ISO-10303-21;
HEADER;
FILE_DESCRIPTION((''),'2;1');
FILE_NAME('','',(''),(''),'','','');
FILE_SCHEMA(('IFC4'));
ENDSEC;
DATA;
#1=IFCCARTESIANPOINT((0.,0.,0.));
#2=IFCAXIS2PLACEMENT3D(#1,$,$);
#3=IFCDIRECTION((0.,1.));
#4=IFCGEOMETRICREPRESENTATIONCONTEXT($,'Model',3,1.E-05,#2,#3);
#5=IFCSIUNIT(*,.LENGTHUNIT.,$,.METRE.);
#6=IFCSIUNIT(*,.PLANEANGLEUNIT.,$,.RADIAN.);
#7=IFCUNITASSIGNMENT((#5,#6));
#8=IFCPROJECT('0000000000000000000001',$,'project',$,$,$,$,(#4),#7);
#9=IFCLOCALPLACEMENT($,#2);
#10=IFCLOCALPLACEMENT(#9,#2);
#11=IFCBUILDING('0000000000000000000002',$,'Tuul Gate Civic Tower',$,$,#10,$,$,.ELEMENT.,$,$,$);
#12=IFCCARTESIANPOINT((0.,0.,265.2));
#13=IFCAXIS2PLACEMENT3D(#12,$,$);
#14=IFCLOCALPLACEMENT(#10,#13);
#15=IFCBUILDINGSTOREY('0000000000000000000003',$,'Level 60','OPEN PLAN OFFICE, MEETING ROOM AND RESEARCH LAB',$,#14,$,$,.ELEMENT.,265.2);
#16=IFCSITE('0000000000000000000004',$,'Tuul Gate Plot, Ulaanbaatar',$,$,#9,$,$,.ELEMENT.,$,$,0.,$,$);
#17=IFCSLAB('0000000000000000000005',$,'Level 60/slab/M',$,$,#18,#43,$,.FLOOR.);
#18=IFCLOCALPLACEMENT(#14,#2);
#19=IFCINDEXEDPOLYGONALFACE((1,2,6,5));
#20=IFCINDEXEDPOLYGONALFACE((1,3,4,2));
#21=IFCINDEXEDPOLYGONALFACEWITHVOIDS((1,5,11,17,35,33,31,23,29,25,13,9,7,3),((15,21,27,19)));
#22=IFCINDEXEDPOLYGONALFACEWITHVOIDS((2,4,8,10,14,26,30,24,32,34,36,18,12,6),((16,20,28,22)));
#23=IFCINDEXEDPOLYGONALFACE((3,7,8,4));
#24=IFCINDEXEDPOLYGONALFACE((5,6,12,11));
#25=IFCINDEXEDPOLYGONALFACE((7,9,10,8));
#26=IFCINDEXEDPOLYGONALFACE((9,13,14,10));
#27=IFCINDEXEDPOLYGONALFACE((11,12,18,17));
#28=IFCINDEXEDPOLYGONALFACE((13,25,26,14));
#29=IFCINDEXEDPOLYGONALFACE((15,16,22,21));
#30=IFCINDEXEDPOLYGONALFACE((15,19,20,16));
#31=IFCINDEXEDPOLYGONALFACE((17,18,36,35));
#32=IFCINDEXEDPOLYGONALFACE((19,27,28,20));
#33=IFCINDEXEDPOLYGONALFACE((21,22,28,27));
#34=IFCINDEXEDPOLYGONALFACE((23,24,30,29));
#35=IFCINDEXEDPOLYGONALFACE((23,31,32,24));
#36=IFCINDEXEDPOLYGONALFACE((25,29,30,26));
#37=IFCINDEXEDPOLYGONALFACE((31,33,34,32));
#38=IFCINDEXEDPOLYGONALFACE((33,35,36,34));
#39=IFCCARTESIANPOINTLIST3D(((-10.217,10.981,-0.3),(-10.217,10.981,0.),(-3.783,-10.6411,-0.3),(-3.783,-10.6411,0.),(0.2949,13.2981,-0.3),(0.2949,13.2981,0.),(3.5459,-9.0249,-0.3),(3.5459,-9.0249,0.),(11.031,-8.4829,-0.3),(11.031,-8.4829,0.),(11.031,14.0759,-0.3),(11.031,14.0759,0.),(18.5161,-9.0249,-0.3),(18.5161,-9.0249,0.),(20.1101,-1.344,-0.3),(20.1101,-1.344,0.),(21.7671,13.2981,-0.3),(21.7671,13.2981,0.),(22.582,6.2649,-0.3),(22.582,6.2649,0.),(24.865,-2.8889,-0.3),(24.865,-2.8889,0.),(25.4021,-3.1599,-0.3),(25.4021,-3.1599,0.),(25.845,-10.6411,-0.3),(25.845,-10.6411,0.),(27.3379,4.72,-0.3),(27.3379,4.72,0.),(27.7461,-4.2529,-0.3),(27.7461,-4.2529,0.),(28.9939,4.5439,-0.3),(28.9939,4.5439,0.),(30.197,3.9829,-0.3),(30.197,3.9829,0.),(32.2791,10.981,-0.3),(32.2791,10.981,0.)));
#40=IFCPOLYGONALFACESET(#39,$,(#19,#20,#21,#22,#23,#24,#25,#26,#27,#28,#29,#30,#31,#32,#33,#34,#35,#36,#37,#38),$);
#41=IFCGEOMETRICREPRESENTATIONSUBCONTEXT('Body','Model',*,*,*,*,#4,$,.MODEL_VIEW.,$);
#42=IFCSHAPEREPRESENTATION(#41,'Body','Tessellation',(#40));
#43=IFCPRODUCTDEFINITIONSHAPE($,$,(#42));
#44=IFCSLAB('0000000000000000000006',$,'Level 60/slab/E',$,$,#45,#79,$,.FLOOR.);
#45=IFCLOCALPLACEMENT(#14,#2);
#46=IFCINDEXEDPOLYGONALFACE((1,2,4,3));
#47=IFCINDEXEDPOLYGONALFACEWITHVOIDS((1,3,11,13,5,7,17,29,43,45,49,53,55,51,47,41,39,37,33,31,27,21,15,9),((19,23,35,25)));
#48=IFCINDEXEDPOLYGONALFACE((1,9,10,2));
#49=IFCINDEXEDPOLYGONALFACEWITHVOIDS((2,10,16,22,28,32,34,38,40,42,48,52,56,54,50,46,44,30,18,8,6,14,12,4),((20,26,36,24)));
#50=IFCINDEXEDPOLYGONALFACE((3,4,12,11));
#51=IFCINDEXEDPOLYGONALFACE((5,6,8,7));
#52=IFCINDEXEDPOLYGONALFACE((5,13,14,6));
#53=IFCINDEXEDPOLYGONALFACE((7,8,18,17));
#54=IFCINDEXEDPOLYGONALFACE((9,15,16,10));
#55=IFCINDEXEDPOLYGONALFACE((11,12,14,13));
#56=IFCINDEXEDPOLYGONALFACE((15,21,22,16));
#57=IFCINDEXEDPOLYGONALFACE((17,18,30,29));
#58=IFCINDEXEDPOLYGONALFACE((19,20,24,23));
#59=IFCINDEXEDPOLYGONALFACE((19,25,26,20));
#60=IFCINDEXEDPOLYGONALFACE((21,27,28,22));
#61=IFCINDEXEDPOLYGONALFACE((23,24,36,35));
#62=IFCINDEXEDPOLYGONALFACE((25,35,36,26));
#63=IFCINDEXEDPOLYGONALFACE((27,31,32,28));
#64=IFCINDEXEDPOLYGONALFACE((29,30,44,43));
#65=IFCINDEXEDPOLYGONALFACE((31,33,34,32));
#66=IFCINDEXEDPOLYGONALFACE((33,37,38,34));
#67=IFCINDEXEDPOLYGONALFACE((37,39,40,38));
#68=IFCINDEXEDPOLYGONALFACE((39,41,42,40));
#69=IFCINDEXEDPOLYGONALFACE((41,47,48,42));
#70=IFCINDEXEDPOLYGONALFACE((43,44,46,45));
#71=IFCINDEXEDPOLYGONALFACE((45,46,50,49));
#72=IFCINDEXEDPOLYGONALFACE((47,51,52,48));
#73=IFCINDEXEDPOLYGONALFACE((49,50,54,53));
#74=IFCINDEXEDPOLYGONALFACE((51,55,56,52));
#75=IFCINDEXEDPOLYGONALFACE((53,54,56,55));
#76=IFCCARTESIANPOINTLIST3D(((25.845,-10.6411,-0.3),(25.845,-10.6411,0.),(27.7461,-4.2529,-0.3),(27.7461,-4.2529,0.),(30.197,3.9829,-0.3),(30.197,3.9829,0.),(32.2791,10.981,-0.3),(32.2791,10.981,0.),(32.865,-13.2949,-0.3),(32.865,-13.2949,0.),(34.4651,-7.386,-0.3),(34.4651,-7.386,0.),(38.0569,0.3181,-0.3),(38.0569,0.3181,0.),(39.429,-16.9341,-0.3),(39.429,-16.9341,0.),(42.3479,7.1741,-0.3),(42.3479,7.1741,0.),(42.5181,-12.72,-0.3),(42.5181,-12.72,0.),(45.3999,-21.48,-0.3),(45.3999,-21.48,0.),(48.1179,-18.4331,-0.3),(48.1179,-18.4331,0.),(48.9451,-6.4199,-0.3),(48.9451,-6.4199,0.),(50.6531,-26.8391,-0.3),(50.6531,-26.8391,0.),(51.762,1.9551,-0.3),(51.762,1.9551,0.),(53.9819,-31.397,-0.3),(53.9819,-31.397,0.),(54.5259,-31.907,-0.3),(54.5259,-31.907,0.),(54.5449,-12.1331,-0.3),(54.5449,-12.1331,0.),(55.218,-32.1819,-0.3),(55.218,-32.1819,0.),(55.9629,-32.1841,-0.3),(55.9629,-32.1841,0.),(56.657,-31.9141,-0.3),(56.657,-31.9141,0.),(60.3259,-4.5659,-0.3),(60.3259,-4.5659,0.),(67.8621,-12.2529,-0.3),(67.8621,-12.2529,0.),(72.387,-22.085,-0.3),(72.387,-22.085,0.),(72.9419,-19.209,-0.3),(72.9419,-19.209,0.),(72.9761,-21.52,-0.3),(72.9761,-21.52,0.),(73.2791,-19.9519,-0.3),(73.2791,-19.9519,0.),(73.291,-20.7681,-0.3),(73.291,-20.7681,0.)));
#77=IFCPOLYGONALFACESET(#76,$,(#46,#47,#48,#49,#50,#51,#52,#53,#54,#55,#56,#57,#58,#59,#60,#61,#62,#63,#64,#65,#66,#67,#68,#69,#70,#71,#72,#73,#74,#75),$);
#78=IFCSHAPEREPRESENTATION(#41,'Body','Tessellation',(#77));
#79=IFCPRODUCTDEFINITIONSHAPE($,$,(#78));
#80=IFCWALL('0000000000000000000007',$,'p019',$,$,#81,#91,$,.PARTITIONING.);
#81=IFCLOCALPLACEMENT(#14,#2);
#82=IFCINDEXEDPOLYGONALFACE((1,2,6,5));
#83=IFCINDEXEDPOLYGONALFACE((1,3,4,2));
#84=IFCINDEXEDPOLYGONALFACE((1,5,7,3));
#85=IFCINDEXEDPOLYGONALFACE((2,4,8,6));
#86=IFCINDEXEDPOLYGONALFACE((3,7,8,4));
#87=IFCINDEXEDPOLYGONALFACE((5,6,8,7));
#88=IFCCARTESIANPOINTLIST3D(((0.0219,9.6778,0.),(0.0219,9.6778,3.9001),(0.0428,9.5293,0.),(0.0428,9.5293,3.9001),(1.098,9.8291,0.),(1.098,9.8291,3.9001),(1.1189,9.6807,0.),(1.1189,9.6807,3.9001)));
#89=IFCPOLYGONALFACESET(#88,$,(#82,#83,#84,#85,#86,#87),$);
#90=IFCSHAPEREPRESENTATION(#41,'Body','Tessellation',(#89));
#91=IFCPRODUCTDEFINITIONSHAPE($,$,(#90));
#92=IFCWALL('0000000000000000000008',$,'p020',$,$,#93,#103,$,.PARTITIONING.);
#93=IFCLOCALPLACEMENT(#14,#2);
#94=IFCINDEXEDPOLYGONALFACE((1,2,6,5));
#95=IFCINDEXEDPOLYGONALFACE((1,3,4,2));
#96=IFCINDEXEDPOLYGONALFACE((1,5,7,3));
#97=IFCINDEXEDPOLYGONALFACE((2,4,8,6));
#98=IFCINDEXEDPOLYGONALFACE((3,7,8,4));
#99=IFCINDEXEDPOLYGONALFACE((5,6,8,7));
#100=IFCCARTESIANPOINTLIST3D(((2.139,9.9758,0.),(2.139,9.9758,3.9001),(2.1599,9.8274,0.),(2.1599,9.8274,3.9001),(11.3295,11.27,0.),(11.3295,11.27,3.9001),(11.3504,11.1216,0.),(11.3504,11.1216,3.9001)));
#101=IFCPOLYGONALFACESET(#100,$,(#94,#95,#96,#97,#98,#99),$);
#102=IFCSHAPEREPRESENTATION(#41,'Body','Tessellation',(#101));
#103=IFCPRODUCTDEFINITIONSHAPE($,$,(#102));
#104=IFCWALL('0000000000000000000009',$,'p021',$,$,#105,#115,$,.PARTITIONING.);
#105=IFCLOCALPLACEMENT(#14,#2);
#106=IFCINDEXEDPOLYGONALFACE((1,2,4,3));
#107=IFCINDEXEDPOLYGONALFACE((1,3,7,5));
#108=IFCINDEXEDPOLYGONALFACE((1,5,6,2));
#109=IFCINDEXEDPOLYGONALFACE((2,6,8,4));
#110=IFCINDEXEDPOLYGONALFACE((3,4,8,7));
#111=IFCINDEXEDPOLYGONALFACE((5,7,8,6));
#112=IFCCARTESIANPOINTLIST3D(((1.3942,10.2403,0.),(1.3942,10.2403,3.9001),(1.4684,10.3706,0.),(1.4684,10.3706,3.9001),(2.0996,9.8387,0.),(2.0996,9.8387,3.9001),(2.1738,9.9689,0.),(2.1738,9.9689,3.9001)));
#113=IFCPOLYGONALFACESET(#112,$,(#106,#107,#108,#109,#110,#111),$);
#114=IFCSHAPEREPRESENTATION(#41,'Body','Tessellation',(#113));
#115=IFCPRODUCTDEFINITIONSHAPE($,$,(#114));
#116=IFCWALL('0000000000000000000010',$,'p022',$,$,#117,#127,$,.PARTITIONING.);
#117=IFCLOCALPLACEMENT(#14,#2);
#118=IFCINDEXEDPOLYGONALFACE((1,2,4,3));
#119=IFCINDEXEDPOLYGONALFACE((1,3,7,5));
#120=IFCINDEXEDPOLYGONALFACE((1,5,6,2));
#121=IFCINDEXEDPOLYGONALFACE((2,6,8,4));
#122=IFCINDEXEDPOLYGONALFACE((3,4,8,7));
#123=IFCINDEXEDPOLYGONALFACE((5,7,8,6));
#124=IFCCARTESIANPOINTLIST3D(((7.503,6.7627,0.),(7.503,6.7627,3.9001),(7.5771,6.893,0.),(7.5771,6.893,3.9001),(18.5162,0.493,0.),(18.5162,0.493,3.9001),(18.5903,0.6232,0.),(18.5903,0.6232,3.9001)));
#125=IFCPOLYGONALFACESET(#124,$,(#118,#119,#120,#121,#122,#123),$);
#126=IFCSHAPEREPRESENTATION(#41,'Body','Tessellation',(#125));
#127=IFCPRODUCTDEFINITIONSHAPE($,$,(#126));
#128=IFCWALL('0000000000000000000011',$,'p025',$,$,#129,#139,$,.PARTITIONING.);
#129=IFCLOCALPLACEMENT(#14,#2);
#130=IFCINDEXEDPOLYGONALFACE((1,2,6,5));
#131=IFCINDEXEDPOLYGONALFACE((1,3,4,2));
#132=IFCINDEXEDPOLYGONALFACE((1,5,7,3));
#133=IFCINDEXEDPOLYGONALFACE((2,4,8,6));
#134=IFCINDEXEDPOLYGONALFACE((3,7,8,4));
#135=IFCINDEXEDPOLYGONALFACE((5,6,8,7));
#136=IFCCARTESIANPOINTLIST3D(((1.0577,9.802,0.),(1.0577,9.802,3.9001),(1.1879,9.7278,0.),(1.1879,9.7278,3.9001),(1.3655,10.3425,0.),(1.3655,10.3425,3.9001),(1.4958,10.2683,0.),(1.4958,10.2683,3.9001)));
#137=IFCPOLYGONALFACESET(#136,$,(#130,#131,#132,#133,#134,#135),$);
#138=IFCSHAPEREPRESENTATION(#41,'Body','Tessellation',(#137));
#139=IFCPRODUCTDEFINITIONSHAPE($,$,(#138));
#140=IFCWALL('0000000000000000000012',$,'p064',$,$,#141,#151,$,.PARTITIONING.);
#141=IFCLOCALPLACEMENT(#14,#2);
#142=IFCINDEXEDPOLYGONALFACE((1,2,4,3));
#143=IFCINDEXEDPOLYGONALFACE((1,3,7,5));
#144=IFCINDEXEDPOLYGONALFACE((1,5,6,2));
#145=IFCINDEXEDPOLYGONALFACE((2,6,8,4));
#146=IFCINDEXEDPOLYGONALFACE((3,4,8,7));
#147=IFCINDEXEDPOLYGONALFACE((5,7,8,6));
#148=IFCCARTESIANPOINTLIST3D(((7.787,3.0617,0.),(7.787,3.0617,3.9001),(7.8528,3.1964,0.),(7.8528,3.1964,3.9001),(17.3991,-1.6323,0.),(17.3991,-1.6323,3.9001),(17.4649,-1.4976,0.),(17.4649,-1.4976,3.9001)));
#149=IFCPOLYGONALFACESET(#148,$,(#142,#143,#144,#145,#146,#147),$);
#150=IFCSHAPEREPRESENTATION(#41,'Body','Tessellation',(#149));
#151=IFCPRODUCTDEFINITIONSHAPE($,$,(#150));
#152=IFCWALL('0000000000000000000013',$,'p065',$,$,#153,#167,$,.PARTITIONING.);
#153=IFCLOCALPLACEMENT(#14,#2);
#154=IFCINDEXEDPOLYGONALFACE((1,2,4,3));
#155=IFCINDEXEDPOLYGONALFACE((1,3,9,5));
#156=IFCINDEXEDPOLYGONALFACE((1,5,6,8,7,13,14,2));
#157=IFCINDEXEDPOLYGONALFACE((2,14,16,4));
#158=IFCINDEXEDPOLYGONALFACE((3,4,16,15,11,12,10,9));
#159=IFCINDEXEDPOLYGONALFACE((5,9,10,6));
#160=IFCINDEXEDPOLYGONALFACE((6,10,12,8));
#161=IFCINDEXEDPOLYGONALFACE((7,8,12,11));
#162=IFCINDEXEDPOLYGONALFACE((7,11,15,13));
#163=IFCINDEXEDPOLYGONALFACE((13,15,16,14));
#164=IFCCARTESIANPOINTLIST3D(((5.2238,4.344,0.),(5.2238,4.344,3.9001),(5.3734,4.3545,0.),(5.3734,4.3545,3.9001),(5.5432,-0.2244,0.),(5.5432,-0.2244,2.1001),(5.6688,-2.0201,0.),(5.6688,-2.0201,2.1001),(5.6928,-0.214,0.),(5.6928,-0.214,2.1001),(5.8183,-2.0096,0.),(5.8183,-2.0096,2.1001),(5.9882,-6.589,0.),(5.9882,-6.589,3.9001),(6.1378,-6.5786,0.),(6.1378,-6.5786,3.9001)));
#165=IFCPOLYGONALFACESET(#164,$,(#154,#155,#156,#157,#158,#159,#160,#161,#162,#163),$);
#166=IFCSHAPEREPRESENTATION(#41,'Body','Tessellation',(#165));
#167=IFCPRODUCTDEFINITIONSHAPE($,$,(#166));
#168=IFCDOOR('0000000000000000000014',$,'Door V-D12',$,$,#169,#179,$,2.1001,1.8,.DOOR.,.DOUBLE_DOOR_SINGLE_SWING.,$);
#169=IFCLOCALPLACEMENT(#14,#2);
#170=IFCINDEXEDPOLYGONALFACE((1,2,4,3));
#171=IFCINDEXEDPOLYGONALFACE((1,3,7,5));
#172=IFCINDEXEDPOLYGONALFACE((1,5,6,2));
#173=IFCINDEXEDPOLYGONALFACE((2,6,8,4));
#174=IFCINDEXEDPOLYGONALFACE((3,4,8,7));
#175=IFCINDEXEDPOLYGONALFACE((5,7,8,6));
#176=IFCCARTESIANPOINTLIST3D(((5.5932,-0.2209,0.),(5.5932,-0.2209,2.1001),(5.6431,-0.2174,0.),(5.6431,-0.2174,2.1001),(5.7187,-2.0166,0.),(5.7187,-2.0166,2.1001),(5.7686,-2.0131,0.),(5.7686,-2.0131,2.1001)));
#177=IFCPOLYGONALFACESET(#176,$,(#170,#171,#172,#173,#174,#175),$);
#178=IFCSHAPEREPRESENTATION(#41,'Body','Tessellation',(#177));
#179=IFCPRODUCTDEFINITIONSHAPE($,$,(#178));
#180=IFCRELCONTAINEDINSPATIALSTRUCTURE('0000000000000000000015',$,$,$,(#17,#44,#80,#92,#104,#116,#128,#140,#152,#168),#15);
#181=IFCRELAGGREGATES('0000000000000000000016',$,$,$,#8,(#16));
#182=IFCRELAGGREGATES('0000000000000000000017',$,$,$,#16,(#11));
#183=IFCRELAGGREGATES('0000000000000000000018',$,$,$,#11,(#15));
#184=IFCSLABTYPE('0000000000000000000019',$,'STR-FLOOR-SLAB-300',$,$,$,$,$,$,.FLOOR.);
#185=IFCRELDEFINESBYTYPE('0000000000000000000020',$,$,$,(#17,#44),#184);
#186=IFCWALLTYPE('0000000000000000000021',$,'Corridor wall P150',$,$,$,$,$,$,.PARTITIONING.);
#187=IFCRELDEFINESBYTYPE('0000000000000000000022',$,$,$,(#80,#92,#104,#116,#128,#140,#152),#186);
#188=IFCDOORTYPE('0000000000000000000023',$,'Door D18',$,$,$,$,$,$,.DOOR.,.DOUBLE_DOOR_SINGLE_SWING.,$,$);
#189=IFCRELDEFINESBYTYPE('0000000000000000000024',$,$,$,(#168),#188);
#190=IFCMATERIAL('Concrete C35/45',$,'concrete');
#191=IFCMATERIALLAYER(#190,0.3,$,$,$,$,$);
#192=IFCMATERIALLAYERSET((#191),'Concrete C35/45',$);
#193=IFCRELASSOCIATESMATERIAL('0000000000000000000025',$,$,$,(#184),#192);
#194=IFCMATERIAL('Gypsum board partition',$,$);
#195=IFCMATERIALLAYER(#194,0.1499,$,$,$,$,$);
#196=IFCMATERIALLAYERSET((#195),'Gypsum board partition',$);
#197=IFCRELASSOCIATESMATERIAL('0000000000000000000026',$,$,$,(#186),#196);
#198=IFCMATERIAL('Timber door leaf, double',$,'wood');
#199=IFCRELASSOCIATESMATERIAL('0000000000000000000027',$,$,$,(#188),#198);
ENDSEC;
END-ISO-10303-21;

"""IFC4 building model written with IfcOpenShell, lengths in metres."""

from ifc_helpers import new_model, si_unit, direction, frame, frame_2d, origin, place, context, subcontext, project, spatial, polyline, rectangle, outline, extrude, material, layer, layer_set, type_object, element, fill, save


model = new_model("IFC4")

# Units and contexts
model_context = context("Model", 3, precision=1e-05, world=origin(), true_north=direction((0.0, 1.0)))
body_context = subcontext(model_context, "Body", "Model", "MODEL_VIEW")
ifc_project = project(units=[si_unit("LENGTHUNIT", "METRE"), si_unit("PLANEANGLEUNIT", "RADIAN")], contexts=[model_context])

# Site, building, storey
site_placement = place(None, origin())
site = spatial("IfcSite", under=ifc_project, at=site_placement, Name="Tuul Gate Plot, Ulaanbaatar", CompositionType="ELEMENT", RefElevation=0.0)
building_placement = place(site_placement, origin())
building = spatial("IfcBuilding", under=site, at=building_placement, Name="Tuul Gate Civic Tower", CompositionType="ELEMENT")
storey_placement = place(building_placement, frame((0.0, 0.0, 265.2)))
storey = spatial("IfcBuildingStorey", under=building, at=storey_placement, Name="Level 60", Description="OPEN PLAN OFFICE, MEETING ROOM AND RESEARCH LAB", CompositionType="ELEMENT", Elevation=265.2)

# Slabs
ifc_material_1 = material(Name="Concrete C35/45", Category="concrete")
ifc_layer_1 = layer(ifc_material_1, 0.3)
ifc_layer_set_1 = layer_set([ifc_layer_1], Name="Concrete C35/45")
slab_type_1 = type_object("IfcSlabType", Name="STR-FLOOR-SLAB-300", PredefinedType="FLOOR", material=ifc_layer_set_1)
slab_1_placement = place(storey_placement, frame((0.0, 0.0, -0.3)))
element("IfcSlab", 1, at=slab_1_placement, inside=storey, type_object=slab_type_1, Name="Level 60/slab/M", PredefinedType="FLOOR", context=body_context, shape_type="SweptSolid", body=[
    extrude(outline(polyline([(18.5161, -9.0249), (25.845, -10.6411), (27.7461, -4.2529), (25.4021, -3.1599), (28.9939, 4.5439), (30.197, 3.9829), (32.2791, 10.981), (21.7671, 13.2981), (11.031, 14.0759), (0.2949, 13.2981), (-10.217, 10.981), (-3.783, -10.6411), (3.5459, -9.0249), (11.031, -8.4829), (18.5161, -9.0249)]), holes=[polyline([(20.1101, -1.344), (22.582, 6.2649), (27.3379, 4.72), (24.865, -2.8889), (20.1101, -1.344)])]), origin(), (0.0, 0.0, 1.0), 0.3),
])
slab_2_placement = place(storey_placement, frame((0.0, 0.0, -0.3)))
element("IfcSlab", 2, at=slab_2_placement, inside=storey, type_object=slab_type_1, Name="Level 60/slab/E", PredefinedType="FLOOR", context=body_context, shape_type="SweptSolid", body=[
    extrude(outline(polyline([(55.9629, -32.1841), (56.657, -31.9141), (72.387, -22.085), (72.9761, -21.52), (73.291, -20.7681), (73.2791, -19.9519), (72.9419, -19.209), (67.8621, -12.2529), (60.3259, -4.5659), (51.762, 1.9551), (42.3479, 7.1741), (32.2791, 10.981), (30.197, 3.9829), (38.0569, 0.3181), (34.4651, -7.386), (27.7461, -4.2529), (25.845, -10.6411), (32.865, -13.2949), (39.429, -16.9341), (45.3999, -21.48), (50.6531, -26.8391), (53.9819, -31.397), (54.5259, -31.907), (55.218, -32.1819), (55.9629, -32.1841)]), holes=[polyline([(48.1179, -18.4331), (42.5181, -12.72), (48.9451, -6.4199), (54.5449, -12.1331), (48.1179, -18.4331)])]), origin(), (0.0, 0.0, 1.0), 0.3),
])

# Walls
ifc_material_2 = material(Name="Gypsum board partition")
ifc_layer_2 = layer(ifc_material_2, 0.1499)
ifc_layer_set_2 = layer_set([ifc_layer_2], Name="Gypsum board partition")
wall_type_1 = type_object("IfcWallType", Name="Corridor wall P150", PredefinedType="PARTITIONING", material=ifc_layer_set_2)
wall_1_placement = place(storey_placement, frame((0.0322, 9.6035, 0.0), z_axis=(0.0, 0.0, 1.0), x_axis=(0.990253, 0.139282, 0.0)))
element("IfcWall", 3, at=wall_1_placement, inside=storey, type_object=wall_type_1, Name="p019", PredefinedType="PARTITIONING", context=body_context, shape_type="SweptSolid", body=[
    extrude(rectangle(XDim=1.0867, YDim=0.1499, at=frame_2d((0.5435, 0.0))), origin(), (0.0, 0.0, 1.0), 3.9001),
])
wall_2_placement = place(storey_placement, frame((2.1494, 9.9016, 0.0), z_axis=(0.0, 0.0, 1.0), x_axis=(0.990231, 0.13944, 0.0)))
element("IfcWall", 4, at=wall_2_placement, inside=storey, type_object=wall_type_1, Name="p020", PredefinedType="PARTITIONING", context=body_context, shape_type="SweptSolid", body=[
    extrude(rectangle(XDim=9.2812, YDim=0.1499, at=frame_2d((4.6406, 0.0))), origin(), (0.0, 0.0, 1.0), 3.9001),
])
wall_3_placement = place(storey_placement, frame((1.4314, 10.3054, 0.0), z_axis=(0.0, 0.0, 1.0), x_axis=(0.869001, -0.49481, 0.0)))
element("IfcWall", 5, at=wall_3_placement, inside=storey, type_object=wall_type_1, Name="p021", PredefinedType="PARTITIONING", context=body_context, shape_type="SweptSolid", body=[
    extrude(rectangle(XDim=0.8118, YDim=0.1499, at=frame_2d((0.4058, 0.0))), origin(), (0.0, 0.0, 1.0), 3.9001),
])
wall_4_placement = place(storey_placement, frame((7.54, 6.8279, 0.0), z_axis=(0.0, 0.0, 1.0), x_axis=(0.86904, -0.494742, 0.0)))
element("IfcWall", 6, at=wall_4_placement, inside=storey, type_object=wall_type_1, Name="p022", PredefinedType="PARTITIONING", context=body_context, shape_type="SweptSolid", body=[
    extrude(rectangle(XDim=12.6729, YDim=0.1499, at=frame_2d((6.3364, 0.0))), origin(), (0.0, 0.0, 1.0), 3.9001),
])
wall_5_placement = place(storey_placement, frame((1.1228, 9.7649, 0.0), z_axis=(0.0, 0.0, 1.0), x_axis=(0.494913, 0.868943, 0.0)))
element("IfcWall", 7, at=wall_5_placement, inside=storey, type_object=wall_type_1, Name="p025", PredefinedType="PARTITIONING", context=body_context, shape_type="SweptSolid", body=[
    extrude(rectangle(XDim=0.6221, YDim=0.1499, at=frame_2d((0.311, 0.0))), origin(), (0.0, 0.0, 1.0), 3.9001),
])
wall_6_placement = place(storey_placement, frame((7.8198, 3.1292, 0.0), z_axis=(0.0, 0.0, 1.0), x_axis=(0.898574, -0.438822, 0.0)))
element("IfcWall", 8, at=wall_6_placement, inside=storey, type_object=wall_type_1, Name="p064", PredefinedType="PARTITIONING", context=body_context, shape_type="SweptSolid", body=[
    extrude(rectangle(XDim=10.697, YDim=0.1499, at=frame_2d((5.3486, 0.0))), origin(), (0.0, 0.0, 1.0), 3.9001),
])

# Wall, opening, door
wall_7_placement = place(storey_placement, frame((5.2986, 4.3494, 0.0), z_axis=(0.0, 0.0, 1.0), x_axis=(0.069746, -0.997565, 0.0)))
wall_7 = element("IfcWall", 9, at=wall_7_placement, inside=storey, type_object=wall_type_1, Name="p065", PredefinedType="PARTITIONING", context=body_context, shape_type="SweptSolid", body=[
    extrude(rectangle(XDim=10.9597, YDim=0.1499, at=frame_2d((5.48, 0.0))), origin(), (0.0, 0.0, 1.0), 3.9001),
])
opening_1_placement = place(wall_7_placement, frame((4.5798, 0.0, 0.0)))
opening_1 = element("IfcOpeningElement", 10, at=opening_1_placement, cuts=wall_7, PredefinedType="OPENING", context=body_context, shape_type="SweptSolid", body=[
    extrude(rectangle(XDim=1.8, YDim=2.1001, at=frame_2d((0.8999, 1.05))), frame((0.0, 0.085, 0.0), z_axis=(0.0, -1.0, 0.0), x_axis=(1.0, 0.0, 0.0)), (0.0, 0.0, 1.0), 0.1699),
])
ifc_material_3 = material(Name="Timber door leaf, double", Category="wood")
door_type_1 = type_object("IfcDoorType", Name="Door D18", OperationType="DOUBLE_DOOR_SINGLE_SWING", PredefinedType="DOOR", material=ifc_material_3)
door_1_placement = place(opening_1_placement, frame((1.8, 0.0, 0.0), z_axis=(0.0, 0.0, 1.0), x_axis=(-1.0, 0.0, 0.0)))
door_1 = element("IfcDoor", 11, at=door_1_placement, inside=storey, type_object=door_type_1, Name="Door V-D12", OperationType="DOUBLE_DOOR_SINGLE_SWING", OverallHeight=2.1001, OverallWidth=1.8, PredefinedType="DOOR", context=body_context, shape_type="SweptSolid", body=[
    extrude(rectangle(XDim=1.8, YDim=2.1001, at=frame_2d((0.9001, 1.05))), frame((0.0, 0.0249, 0.0), z_axis=(0.0, -1.0, 0.0), x_axis=(1.0, 0.0, 0.0)), (0.0, 0.0, 1.0), 0.05),
])
fill(opening_1, door_1)

save(model, "model.ifc")
